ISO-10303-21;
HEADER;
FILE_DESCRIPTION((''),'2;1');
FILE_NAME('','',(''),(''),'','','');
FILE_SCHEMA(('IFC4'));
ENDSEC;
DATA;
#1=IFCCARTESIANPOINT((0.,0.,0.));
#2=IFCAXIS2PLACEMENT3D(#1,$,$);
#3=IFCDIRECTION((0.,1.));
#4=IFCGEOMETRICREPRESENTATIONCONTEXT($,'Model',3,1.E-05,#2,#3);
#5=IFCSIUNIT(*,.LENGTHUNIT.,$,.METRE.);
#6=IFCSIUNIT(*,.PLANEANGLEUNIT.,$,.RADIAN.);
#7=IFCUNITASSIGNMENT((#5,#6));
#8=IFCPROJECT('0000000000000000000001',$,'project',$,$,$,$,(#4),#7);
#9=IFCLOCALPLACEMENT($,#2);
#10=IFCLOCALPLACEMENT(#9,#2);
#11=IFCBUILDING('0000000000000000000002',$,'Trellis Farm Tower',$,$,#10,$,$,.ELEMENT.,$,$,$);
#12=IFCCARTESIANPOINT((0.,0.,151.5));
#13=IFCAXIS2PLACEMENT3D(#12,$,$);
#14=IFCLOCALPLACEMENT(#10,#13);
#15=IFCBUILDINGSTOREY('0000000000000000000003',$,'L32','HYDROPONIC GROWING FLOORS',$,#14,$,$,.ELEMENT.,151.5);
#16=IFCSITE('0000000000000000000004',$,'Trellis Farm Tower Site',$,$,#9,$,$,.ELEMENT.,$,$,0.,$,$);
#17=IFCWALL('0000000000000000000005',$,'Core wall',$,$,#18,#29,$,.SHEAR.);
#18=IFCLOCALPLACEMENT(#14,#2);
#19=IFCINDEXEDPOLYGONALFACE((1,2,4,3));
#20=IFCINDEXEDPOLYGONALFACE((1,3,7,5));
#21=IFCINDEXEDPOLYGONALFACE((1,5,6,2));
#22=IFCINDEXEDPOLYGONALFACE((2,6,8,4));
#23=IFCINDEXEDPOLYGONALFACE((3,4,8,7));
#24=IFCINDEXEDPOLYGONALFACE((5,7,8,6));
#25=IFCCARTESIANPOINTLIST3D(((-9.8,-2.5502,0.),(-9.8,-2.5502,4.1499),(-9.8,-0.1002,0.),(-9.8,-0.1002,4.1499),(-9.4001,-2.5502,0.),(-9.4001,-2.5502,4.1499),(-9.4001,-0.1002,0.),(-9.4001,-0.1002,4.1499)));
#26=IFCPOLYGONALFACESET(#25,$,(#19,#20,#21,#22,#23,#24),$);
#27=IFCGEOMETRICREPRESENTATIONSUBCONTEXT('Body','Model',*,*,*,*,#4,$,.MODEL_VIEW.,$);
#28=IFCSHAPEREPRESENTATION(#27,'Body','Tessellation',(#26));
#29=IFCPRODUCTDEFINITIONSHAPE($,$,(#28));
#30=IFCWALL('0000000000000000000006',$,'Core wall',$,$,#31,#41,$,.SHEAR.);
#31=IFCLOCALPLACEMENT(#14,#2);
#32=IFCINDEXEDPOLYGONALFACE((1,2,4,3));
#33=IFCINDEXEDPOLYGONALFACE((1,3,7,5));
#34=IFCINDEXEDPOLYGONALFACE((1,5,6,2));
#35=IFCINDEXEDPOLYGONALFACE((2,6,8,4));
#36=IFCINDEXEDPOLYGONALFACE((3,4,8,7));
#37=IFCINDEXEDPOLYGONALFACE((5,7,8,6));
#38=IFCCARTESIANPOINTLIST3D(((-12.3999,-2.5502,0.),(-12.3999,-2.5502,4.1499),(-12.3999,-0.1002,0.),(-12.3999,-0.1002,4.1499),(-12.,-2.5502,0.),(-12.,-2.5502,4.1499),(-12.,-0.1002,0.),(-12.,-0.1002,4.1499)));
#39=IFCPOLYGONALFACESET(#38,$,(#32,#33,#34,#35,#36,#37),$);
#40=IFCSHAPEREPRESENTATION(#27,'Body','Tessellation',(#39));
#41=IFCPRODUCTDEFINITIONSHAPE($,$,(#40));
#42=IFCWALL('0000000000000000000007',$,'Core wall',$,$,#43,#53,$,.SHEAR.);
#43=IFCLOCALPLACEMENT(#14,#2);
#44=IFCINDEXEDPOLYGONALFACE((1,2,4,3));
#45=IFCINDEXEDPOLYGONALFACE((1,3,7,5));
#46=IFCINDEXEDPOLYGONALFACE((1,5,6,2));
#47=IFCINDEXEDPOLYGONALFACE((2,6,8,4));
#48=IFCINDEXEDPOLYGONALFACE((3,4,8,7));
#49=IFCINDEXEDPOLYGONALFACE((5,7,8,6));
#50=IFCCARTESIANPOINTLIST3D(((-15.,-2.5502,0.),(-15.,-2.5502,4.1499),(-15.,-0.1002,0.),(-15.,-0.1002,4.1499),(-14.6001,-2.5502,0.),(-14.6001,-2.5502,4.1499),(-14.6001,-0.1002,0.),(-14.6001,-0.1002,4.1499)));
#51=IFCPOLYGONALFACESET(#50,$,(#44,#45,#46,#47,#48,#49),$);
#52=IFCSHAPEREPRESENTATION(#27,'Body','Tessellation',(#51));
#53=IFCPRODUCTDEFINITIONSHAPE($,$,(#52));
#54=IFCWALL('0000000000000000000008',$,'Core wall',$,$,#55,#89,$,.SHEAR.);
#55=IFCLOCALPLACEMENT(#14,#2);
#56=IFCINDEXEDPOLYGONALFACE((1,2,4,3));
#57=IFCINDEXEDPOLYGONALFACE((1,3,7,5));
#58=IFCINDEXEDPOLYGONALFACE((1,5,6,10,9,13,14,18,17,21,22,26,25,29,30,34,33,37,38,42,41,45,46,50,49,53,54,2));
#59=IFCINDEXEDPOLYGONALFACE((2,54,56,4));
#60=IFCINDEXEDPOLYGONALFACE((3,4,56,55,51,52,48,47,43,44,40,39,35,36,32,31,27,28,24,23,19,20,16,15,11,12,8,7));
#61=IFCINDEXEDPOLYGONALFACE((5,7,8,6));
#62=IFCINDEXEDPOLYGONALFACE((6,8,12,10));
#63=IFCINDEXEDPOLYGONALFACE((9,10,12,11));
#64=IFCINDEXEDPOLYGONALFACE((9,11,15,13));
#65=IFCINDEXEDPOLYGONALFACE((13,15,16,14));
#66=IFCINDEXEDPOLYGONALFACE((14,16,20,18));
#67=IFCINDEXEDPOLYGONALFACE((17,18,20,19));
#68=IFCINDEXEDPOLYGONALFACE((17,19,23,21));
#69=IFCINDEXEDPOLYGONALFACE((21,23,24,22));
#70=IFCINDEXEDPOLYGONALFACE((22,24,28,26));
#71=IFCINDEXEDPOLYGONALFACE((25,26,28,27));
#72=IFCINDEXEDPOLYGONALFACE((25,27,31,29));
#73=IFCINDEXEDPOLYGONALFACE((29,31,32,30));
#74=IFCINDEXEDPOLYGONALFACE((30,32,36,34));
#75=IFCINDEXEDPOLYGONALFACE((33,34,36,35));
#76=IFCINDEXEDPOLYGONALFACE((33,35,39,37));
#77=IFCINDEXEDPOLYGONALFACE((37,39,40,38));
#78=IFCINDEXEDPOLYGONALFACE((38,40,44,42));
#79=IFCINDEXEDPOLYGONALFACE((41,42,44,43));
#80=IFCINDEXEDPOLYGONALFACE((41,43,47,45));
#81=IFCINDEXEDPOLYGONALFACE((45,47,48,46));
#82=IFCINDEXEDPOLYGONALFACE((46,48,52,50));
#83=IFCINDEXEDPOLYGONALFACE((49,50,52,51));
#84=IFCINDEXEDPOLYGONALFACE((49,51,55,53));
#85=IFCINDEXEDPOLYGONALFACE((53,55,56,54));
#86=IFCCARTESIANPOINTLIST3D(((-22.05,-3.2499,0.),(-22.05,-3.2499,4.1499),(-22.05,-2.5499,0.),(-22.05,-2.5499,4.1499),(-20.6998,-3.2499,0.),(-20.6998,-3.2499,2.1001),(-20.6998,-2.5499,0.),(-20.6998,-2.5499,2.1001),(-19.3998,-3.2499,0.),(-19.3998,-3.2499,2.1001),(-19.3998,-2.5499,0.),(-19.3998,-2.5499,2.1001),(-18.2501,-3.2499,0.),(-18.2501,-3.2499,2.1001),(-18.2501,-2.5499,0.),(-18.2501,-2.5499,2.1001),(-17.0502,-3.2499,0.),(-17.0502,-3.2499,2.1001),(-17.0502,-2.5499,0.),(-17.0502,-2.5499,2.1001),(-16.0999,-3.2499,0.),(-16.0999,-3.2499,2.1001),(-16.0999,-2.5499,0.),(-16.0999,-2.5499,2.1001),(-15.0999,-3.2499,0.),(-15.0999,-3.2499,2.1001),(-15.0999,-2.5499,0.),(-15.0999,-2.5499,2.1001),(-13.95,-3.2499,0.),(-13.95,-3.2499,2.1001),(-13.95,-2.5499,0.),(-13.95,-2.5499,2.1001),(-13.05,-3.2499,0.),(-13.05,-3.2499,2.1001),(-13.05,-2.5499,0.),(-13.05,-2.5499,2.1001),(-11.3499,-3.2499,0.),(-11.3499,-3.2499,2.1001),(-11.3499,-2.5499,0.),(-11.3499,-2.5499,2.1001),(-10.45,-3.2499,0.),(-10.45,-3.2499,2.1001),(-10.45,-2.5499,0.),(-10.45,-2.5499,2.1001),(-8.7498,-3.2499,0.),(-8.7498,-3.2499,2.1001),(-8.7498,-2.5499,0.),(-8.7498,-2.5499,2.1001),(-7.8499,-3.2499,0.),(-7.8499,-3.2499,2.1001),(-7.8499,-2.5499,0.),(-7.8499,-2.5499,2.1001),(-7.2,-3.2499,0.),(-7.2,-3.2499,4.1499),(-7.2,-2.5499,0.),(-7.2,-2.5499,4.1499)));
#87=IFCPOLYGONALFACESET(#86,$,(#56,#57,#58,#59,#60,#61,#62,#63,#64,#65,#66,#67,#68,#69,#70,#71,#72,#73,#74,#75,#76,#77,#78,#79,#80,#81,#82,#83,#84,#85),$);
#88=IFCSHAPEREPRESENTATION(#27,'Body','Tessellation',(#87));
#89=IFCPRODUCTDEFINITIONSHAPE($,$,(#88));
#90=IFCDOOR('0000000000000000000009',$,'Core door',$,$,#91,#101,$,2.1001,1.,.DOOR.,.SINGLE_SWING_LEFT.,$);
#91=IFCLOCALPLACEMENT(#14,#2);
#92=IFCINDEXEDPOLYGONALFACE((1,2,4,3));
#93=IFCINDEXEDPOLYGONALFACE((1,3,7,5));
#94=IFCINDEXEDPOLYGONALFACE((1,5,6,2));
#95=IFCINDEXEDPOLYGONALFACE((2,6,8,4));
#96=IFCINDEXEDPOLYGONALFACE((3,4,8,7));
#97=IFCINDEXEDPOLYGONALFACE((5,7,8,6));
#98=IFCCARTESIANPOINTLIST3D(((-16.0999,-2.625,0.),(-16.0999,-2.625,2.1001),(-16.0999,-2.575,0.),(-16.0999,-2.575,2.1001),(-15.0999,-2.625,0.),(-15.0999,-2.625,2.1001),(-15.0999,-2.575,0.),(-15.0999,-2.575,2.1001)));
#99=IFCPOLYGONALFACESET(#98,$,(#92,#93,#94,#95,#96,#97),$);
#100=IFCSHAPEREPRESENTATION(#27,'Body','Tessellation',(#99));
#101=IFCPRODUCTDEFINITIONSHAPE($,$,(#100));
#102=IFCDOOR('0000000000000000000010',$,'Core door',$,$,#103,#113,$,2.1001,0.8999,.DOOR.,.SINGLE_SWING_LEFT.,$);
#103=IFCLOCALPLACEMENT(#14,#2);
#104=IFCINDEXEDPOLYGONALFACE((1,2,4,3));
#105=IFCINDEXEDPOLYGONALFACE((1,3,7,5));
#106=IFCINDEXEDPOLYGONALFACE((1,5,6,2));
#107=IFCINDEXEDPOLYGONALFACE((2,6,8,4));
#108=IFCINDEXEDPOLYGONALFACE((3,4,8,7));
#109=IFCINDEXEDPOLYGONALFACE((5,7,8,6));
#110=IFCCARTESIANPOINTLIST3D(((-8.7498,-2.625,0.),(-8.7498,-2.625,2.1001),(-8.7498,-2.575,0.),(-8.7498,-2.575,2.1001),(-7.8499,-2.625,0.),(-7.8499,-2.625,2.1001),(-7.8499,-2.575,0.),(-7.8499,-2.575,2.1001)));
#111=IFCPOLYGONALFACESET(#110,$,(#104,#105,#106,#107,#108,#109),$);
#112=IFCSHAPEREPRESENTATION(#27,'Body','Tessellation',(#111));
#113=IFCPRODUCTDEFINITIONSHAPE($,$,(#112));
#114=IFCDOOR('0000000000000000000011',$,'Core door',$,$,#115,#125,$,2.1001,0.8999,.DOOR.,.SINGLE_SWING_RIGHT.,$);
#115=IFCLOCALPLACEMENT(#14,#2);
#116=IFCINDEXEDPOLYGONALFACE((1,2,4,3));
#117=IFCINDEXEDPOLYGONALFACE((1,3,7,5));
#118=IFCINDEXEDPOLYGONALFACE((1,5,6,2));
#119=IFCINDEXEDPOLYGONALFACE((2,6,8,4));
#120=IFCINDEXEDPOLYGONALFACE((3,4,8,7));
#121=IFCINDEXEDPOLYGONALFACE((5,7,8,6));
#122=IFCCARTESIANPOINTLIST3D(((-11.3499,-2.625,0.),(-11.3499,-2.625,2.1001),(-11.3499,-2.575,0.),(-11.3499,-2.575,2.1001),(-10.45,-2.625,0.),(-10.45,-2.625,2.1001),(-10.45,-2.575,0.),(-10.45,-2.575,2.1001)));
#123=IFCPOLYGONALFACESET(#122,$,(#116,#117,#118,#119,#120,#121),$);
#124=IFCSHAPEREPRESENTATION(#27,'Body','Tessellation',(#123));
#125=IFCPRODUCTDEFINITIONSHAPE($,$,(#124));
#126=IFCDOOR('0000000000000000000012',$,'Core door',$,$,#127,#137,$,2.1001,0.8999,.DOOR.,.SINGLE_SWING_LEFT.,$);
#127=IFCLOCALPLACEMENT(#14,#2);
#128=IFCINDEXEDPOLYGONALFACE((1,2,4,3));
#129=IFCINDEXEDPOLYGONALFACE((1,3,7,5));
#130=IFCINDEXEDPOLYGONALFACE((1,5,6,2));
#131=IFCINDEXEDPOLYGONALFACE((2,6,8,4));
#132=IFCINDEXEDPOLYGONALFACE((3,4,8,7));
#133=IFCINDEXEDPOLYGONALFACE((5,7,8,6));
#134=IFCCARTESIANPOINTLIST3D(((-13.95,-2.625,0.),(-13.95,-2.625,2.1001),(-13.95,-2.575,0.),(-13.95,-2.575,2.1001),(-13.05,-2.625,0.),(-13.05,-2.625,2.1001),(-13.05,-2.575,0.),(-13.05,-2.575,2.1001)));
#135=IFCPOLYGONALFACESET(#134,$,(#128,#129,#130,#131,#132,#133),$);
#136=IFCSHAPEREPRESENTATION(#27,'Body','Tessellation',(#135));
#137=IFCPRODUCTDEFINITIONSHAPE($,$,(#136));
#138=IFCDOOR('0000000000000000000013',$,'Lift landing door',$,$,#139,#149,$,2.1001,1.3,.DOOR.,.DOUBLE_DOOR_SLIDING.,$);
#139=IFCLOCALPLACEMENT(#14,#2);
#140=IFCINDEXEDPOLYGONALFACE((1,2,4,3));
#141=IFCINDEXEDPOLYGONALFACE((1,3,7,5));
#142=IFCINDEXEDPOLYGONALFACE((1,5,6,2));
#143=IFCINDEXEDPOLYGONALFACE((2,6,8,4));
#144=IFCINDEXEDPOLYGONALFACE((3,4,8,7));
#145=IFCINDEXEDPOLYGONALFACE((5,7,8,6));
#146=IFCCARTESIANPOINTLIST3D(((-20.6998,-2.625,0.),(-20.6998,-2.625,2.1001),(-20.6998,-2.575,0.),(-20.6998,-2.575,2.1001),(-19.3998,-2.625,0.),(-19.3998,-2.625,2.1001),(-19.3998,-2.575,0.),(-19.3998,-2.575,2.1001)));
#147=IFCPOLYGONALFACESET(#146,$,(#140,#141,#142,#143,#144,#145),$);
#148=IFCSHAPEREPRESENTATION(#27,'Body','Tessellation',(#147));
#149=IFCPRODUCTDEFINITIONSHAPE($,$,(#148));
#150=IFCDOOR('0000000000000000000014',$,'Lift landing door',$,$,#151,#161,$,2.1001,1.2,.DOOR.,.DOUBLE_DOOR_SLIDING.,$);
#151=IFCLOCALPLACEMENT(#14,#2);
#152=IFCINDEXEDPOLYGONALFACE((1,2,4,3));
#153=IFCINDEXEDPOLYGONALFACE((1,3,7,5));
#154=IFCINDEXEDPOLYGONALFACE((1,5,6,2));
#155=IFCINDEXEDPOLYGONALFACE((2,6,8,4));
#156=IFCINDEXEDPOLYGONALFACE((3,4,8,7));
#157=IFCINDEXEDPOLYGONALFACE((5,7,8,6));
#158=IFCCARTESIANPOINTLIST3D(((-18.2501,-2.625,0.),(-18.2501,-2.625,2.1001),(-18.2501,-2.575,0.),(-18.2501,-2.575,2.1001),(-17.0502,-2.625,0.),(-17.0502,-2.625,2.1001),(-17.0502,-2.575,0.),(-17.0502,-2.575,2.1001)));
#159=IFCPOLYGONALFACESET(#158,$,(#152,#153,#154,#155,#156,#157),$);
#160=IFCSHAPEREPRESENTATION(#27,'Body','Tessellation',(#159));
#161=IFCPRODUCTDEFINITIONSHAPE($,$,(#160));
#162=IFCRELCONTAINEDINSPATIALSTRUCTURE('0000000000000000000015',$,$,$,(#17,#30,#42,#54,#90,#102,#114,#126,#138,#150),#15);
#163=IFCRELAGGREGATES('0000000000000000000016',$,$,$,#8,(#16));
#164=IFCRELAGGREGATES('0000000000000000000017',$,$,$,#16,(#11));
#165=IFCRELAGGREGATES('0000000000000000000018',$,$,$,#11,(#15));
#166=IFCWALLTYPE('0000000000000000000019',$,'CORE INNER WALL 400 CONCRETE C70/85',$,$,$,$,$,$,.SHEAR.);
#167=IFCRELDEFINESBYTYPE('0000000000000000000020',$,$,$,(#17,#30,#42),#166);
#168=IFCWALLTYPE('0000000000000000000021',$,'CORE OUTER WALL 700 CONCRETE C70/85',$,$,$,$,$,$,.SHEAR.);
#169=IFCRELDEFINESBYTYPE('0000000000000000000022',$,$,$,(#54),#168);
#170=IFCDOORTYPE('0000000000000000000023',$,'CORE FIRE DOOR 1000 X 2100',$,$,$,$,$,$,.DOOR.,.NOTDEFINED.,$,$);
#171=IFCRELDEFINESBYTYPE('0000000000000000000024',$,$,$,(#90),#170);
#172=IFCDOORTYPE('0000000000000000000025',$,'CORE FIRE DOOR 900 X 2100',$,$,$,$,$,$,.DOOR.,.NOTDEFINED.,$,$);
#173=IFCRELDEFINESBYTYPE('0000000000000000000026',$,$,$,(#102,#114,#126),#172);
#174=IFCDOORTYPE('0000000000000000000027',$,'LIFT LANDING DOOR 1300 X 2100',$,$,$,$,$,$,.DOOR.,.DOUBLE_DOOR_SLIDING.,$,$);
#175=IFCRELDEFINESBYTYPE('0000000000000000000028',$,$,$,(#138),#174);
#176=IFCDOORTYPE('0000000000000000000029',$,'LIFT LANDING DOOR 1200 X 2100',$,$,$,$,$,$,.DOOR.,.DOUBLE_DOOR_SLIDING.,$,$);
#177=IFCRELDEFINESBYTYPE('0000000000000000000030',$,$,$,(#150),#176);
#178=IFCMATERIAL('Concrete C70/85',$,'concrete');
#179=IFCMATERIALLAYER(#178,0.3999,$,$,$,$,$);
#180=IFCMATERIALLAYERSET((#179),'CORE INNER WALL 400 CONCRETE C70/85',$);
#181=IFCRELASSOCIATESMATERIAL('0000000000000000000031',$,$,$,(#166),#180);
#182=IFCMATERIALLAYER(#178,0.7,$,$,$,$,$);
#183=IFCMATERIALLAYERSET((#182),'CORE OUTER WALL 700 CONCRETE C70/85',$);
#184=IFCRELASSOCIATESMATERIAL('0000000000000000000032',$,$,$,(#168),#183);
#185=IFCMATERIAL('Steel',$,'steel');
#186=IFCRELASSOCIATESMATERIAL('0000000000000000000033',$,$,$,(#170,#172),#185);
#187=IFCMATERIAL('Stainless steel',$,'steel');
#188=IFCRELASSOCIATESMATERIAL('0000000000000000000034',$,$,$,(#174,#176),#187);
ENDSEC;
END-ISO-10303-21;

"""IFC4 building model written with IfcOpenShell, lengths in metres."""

from ifc_helpers import new_model, si_unit, direction, frame, frame_2d, origin, place, context, subcontext, project, spatial, rectangle, extrude, source, transform, mapped, material, layer, layer_set, type_object, element, fill, save


model = new_model("IFC4")

# Units and contexts
model_context = context("Model", 3, precision=1e-05, world=origin(), true_north=direction((0.0, 1.0)))
body_context = subcontext(model_context, "Body", "Model", "MODEL_VIEW")
ifc_project = project(units=[si_unit("LENGTHUNIT", "METRE"), si_unit("PLANEANGLEUNIT", "RADIAN")], contexts=[model_context])

# Site, building, storey
site_placement = place(None, origin())
site = spatial("IfcSite", under=ifc_project, at=site_placement, Name="Trellis Farm Tower Site", CompositionType="ELEMENT", RefElevation=0.0)
building_placement = place(site_placement, origin())
building = spatial("IfcBuilding", under=site, at=building_placement, Name="Trellis Farm Tower", CompositionType="ELEMENT")
storey_placement = place(building_placement, frame((0.0, 0.0, 151.5)))
storey = spatial("IfcBuildingStorey", under=building, at=storey_placement, Name="L32", Description="HYDROPONIC GROWING FLOORS", CompositionType="ELEMENT", Elevation=151.5)

# Walls
ifc_material_1 = material(Name="Concrete C70/85", Category="concrete")
ifc_layer_1 = layer(ifc_material_1, 0.3999)
ifc_layer_set_1 = layer_set([ifc_layer_1], Name="CORE INNER WALL 400 CONCRETE C70/85")
wall_type_1 = type_object("IfcWallType", Name="CORE INNER WALL 400 CONCRETE C70/85", PredefinedType="SHEAR", material=ifc_layer_set_1)
shared_shape_1 = source(origin(), body_context, "Body", "SweptSolid", [
    extrude(rectangle(XDim=2.45, YDim=0.3999, at=frame_2d((1.2251, 0.0))), origin(), (0.0, 0.0, 1.0), 4.1499),
])
for number, where, z_axis, x_axis, name in (
    (1, (-9.6001, -0.1001, 0.0), (0.0, 0.0, 1.0), (0.0, -1.0, 0.0), "Core wall"),
    (2, (-12.2, -0.1001, 0.0), (0.0, 0.0, 1.0), (0.0, -1.0, 0.0), "Core wall"),
    (3, (-14.8, -0.1001, 0.0), (0.0, 0.0, 1.0), (0.0, -1.0, 0.0), "Core wall"),
):
    element("IfcWall", number, at=place(storey_placement, frame(where, z_axis=z_axis, x_axis=x_axis)), inside=storey, type_object=wall_type_1, Name=name, PredefinedType="SHEAR", context=body_context, shape_type="MappedRepresentation", body=[
        mapped(shared_shape_1, transform((0.0, 0.0, 0.0))),
    ])

# Wall, openings, doors
ifc_layer_2 = layer(ifc_material_1, 0.7)
ifc_layer_set_2 = layer_set([ifc_layer_2], Name="CORE OUTER WALL 700 CONCRETE C70/85")
wall_type_2 = type_object("IfcWallType", Name="CORE OUTER WALL 700 CONCRETE C70/85", PredefinedType="SHEAR", material=ifc_layer_set_2)
shared_shape_2 = source(origin(), body_context, "Body", "SweptSolid", [
    extrude(rectangle(XDim=14.8501, YDim=0.7, at=frame_2d((7.425, 0.0))), origin(), (0.0, 0.0, 1.0), 4.1499),
])
wall_1_placement = place(storey_placement, frame((-7.2, -2.8999, 0.0), z_axis=(0.0, 0.0, 1.0), x_axis=(-1.0, 0.0, 0.0)))
wall_1 = element("IfcWall", 4, at=wall_1_placement, inside=storey, type_object=wall_type_2, Name="Core wall", PredefinedType="SHEAR", context=body_context, shape_type="MappedRepresentation", body=[
    mapped(shared_shape_2, transform((0.0, 0.0, 0.0))),
])
shared_shape_3 = source(origin(), body_context, "Body", "SweptSolid", [
    extrude(rectangle(XDim=1.3, YDim=2.1001, at=frame_2d((0.6499, 1.05))), frame((0.0, 0.3601, 0.0), z_axis=(0.0, -1.0, 0.0), x_axis=(1.0, 0.0, 0.0)), (0.0, 0.0, 1.0), 0.7202),
])
opening_1_placement = place(wall_1_placement, frame((12.2, 0.0, 0.0)))
opening_1 = element("IfcOpeningElement", 5, at=opening_1_placement, cuts=wall_1, PredefinedType="OPENING", context=body_context, shape_type="MappedRepresentation", body=[
    mapped(shared_shape_3, transform((0.0, 0.0, 0.0))),
])
shared_shape_4 = source(origin(), body_context, "Body", "SweptSolid", [
    extrude(rectangle(XDim=1.2, YDim=2.1001, at=frame_2d((0.6001, 1.05))), frame((0.0, 0.3601, 0.0), z_axis=(0.0, -1.0, 0.0), x_axis=(1.0, 0.0, 0.0)), (0.0, 0.0, 1.0), 0.7202),
])
opening_2_placement = place(wall_1_placement, frame((9.8501, 0.0, 0.0)))
opening_2 = element("IfcOpeningElement", 6, at=opening_2_placement, cuts=wall_1, PredefinedType="OPENING", context=body_context, shape_type="MappedRepresentation", body=[
    mapped(shared_shape_4, transform((0.0, 0.0, 0.0))),
])
shared_shape_5 = source(origin(), body_context, "Body", "SweptSolid", [
    extrude(rectangle(XDim=1.0, YDim=2.1001, at=frame_2d((0.5, 1.05))), frame((0.0, 0.3601, 0.0), z_axis=(0.0, -1.0, 0.0), x_axis=(1.0, 0.0, 0.0)), (0.0, 0.0, 1.0), 0.7202),
])
opening_3_placement = place(wall_1_placement, frame((7.8999, 0.0, 0.0)))
opening_3 = element("IfcOpeningElement", 7, at=opening_3_placement, cuts=wall_1, PredefinedType="OPENING", context=body_context, shape_type="MappedRepresentation", body=[
    mapped(shared_shape_5, transform((0.0, 0.0, 0.0))),
])
shared_shape_6 = source(origin(), body_context, "Body", "SweptSolid", [
    extrude(rectangle(XDim=0.8999, YDim=2.1001, at=frame_2d((0.45, 1.05))), frame((0.0, 0.3601, 0.0), z_axis=(0.0, -1.0, 0.0), x_axis=(1.0, 0.0, 0.0)), (0.0, 0.0, 1.0), 0.7202),
])
opening_4_placement = place(wall_1_placement, frame((0.6499, 0.0, 0.0)))
opening_4 = element("IfcOpeningElement", 8, at=opening_4_placement, cuts=wall_1, PredefinedType="OPENING", context=body_context, shape_type="MappedRepresentation", body=[
    mapped(shared_shape_6, transform((0.0, 0.0, 0.0))),
])
opening_5_placement = place(wall_1_placement, frame((3.25, 0.0, 0.0)))
opening_5 = element("IfcOpeningElement", 9, at=opening_5_placement, cuts=wall_1, PredefinedType="OPENING", context=body_context, shape_type="MappedRepresentation", body=[
    mapped(shared_shape_6, transform((0.0, 0.0, 0.0))),
])
opening_6_placement = place(wall_1_placement, frame((5.8501, 0.0, 0.0)))
opening_6 = element("IfcOpeningElement", 10, at=opening_6_placement, cuts=wall_1, PredefinedType="OPENING", context=body_context, shape_type="MappedRepresentation", body=[
    mapped(shared_shape_6, transform((0.0, 0.0, 0.0))),
])
ifc_material_2 = material(Name="Steel", Category="steel")
door_type_1 = type_object("IfcDoorType", Name="CORE FIRE DOOR 1000 X 2100", OperationType="NOTDEFINED", PredefinedType="DOOR", material=ifc_material_2)
shared_shape_7 = source(origin(), body_context, "Body", "SweptSolid", [
    extrude(rectangle(XDim=1.0, YDim=2.1001, at=frame_2d((0.5, 1.05))), frame((0.0, -0.2749, 0.0), z_axis=(0.0, -1.0, 0.0), x_axis=(1.0, 0.0, 0.0)), (0.0, 0.0, 1.0), 0.05),
])
door_1_placement = place(opening_3_placement, origin())
door_1 = element("IfcDoor", 11, at=door_1_placement, inside=storey, type_object=door_type_1, Name="Core door", OperationType="SINGLE_SWING_LEFT", OverallHeight=2.1001, OverallWidth=1.0, PredefinedType="DOOR", context=body_context, shape_type="MappedRepresentation", body=[
    mapped(shared_shape_7, transform((0.0, 0.0, 0.0))),
])
fill(opening_3, door_1)
door_type_2 = type_object("IfcDoorType", Name="CORE FIRE DOOR 900 X 2100", OperationType="NOTDEFINED", PredefinedType="DOOR", material=ifc_material_2)
shared_shape_8 = source(origin(), body_context, "Body", "SweptSolid", [
    extrude(rectangle(XDim=0.8999, YDim=2.1001, at=frame_2d((0.45, 1.05))), frame((0.0, -0.2749, 0.0), z_axis=(0.0, -1.0, 0.0), x_axis=(1.0, 0.0, 0.0)), (0.0, 0.0, 1.0), 0.05),
])
door_2_placement = place(opening_4_placement, origin())
door_2 = element("IfcDoor", 12, at=door_2_placement, inside=storey, type_object=door_type_2, Name="Core door", OperationType="SINGLE_SWING_LEFT", OverallHeight=2.1001, OverallWidth=0.8999, PredefinedType="DOOR", context=body_context, shape_type="MappedRepresentation", body=[
    mapped(shared_shape_8, transform((0.0, 0.0, 0.0))),
])
fill(opening_4, door_2)
door_3_placement = place(opening_5_placement, origin())
door_3 = element("IfcDoor", 13, at=door_3_placement, inside=storey, type_object=door_type_2, Name="Core door", OperationType="SINGLE_SWING_RIGHT", OverallHeight=2.1001, OverallWidth=0.8999, PredefinedType="DOOR", context=body_context, shape_type="MappedRepresentation", body=[
    mapped(shared_shape_8, transform((0.0, 0.0, 0.0))),
])
fill(opening_5, door_3)
door_4_placement = place(opening_6_placement, origin())
door_4 = element("IfcDoor", 14, at=door_4_placement, inside=storey, type_object=door_type_2, Name="Core door", OperationType="SINGLE_SWING_LEFT", OverallHeight=2.1001, OverallWidth=0.8999, PredefinedType="DOOR", context=body_context, shape_type="MappedRepresentation", body=[
    mapped(shared_shape_8, transform((0.0, 0.0, 0.0))),
])
fill(opening_6, door_4)
ifc_material_3 = material(Name="Stainless steel", Category="steel")
door_type_3 = type_object("IfcDoorType", Name="LIFT LANDING DOOR 1300 X 2100", OperationType="DOUBLE_DOOR_SLIDING", PredefinedType="DOOR", material=ifc_material_3)
shared_shape_9 = source(origin(), body_context, "Body", "SweptSolid", [
    extrude(rectangle(XDim=1.3, YDim=2.1001, at=frame_2d((0.6499, 1.05))), frame((0.0, -0.2749, 0.0), z_axis=(0.0, -1.0, 0.0), x_axis=(1.0, 0.0, 0.0)), (0.0, 0.0, 1.0), 0.05),
])
door_5_placement = place(opening_1_placement, origin())
door_5 = element("IfcDoor", 15, at=door_5_placement, inside=storey, type_object=door_type_3, Name="Lift landing door", OperationType="DOUBLE_DOOR_SLIDING", OverallHeight=2.1001, OverallWidth=1.3, PredefinedType="DOOR", context=body_context, shape_type="MappedRepresentation", body=[
    mapped(shared_shape_9, transform((0.0, 0.0, 0.0))),
])
fill(opening_1, door_5)
door_type_4 = type_object("IfcDoorType", Name="LIFT LANDING DOOR 1200 X 2100", OperationType="DOUBLE_DOOR_SLIDING", PredefinedType="DOOR", material=ifc_material_3)
shared_shape_10 = source(origin(), body_context, "Body", "SweptSolid", [
    extrude(rectangle(XDim=1.2, YDim=2.1001, at=frame_2d((0.6001, 1.05))), frame((0.0, -0.2749, 0.0), z_axis=(0.0, -1.0, 0.0), x_axis=(1.0, 0.0, 0.0)), (0.0, 0.0, 1.0), 0.05),
])
door_6_placement = place(opening_2_placement, origin())
door_6 = element("IfcDoor", 16, at=door_6_placement, inside=storey, type_object=door_type_4, Name="Lift landing door", OperationType="DOUBLE_DOOR_SLIDING", OverallHeight=2.1001, OverallWidth=1.2, PredefinedType="DOOR", context=body_context, shape_type="MappedRepresentation", body=[
    mapped(shared_shape_10, transform((0.0, 0.0, 0.0))),
])
fill(opening_2, door_6)

save(model, "model.ifc")
